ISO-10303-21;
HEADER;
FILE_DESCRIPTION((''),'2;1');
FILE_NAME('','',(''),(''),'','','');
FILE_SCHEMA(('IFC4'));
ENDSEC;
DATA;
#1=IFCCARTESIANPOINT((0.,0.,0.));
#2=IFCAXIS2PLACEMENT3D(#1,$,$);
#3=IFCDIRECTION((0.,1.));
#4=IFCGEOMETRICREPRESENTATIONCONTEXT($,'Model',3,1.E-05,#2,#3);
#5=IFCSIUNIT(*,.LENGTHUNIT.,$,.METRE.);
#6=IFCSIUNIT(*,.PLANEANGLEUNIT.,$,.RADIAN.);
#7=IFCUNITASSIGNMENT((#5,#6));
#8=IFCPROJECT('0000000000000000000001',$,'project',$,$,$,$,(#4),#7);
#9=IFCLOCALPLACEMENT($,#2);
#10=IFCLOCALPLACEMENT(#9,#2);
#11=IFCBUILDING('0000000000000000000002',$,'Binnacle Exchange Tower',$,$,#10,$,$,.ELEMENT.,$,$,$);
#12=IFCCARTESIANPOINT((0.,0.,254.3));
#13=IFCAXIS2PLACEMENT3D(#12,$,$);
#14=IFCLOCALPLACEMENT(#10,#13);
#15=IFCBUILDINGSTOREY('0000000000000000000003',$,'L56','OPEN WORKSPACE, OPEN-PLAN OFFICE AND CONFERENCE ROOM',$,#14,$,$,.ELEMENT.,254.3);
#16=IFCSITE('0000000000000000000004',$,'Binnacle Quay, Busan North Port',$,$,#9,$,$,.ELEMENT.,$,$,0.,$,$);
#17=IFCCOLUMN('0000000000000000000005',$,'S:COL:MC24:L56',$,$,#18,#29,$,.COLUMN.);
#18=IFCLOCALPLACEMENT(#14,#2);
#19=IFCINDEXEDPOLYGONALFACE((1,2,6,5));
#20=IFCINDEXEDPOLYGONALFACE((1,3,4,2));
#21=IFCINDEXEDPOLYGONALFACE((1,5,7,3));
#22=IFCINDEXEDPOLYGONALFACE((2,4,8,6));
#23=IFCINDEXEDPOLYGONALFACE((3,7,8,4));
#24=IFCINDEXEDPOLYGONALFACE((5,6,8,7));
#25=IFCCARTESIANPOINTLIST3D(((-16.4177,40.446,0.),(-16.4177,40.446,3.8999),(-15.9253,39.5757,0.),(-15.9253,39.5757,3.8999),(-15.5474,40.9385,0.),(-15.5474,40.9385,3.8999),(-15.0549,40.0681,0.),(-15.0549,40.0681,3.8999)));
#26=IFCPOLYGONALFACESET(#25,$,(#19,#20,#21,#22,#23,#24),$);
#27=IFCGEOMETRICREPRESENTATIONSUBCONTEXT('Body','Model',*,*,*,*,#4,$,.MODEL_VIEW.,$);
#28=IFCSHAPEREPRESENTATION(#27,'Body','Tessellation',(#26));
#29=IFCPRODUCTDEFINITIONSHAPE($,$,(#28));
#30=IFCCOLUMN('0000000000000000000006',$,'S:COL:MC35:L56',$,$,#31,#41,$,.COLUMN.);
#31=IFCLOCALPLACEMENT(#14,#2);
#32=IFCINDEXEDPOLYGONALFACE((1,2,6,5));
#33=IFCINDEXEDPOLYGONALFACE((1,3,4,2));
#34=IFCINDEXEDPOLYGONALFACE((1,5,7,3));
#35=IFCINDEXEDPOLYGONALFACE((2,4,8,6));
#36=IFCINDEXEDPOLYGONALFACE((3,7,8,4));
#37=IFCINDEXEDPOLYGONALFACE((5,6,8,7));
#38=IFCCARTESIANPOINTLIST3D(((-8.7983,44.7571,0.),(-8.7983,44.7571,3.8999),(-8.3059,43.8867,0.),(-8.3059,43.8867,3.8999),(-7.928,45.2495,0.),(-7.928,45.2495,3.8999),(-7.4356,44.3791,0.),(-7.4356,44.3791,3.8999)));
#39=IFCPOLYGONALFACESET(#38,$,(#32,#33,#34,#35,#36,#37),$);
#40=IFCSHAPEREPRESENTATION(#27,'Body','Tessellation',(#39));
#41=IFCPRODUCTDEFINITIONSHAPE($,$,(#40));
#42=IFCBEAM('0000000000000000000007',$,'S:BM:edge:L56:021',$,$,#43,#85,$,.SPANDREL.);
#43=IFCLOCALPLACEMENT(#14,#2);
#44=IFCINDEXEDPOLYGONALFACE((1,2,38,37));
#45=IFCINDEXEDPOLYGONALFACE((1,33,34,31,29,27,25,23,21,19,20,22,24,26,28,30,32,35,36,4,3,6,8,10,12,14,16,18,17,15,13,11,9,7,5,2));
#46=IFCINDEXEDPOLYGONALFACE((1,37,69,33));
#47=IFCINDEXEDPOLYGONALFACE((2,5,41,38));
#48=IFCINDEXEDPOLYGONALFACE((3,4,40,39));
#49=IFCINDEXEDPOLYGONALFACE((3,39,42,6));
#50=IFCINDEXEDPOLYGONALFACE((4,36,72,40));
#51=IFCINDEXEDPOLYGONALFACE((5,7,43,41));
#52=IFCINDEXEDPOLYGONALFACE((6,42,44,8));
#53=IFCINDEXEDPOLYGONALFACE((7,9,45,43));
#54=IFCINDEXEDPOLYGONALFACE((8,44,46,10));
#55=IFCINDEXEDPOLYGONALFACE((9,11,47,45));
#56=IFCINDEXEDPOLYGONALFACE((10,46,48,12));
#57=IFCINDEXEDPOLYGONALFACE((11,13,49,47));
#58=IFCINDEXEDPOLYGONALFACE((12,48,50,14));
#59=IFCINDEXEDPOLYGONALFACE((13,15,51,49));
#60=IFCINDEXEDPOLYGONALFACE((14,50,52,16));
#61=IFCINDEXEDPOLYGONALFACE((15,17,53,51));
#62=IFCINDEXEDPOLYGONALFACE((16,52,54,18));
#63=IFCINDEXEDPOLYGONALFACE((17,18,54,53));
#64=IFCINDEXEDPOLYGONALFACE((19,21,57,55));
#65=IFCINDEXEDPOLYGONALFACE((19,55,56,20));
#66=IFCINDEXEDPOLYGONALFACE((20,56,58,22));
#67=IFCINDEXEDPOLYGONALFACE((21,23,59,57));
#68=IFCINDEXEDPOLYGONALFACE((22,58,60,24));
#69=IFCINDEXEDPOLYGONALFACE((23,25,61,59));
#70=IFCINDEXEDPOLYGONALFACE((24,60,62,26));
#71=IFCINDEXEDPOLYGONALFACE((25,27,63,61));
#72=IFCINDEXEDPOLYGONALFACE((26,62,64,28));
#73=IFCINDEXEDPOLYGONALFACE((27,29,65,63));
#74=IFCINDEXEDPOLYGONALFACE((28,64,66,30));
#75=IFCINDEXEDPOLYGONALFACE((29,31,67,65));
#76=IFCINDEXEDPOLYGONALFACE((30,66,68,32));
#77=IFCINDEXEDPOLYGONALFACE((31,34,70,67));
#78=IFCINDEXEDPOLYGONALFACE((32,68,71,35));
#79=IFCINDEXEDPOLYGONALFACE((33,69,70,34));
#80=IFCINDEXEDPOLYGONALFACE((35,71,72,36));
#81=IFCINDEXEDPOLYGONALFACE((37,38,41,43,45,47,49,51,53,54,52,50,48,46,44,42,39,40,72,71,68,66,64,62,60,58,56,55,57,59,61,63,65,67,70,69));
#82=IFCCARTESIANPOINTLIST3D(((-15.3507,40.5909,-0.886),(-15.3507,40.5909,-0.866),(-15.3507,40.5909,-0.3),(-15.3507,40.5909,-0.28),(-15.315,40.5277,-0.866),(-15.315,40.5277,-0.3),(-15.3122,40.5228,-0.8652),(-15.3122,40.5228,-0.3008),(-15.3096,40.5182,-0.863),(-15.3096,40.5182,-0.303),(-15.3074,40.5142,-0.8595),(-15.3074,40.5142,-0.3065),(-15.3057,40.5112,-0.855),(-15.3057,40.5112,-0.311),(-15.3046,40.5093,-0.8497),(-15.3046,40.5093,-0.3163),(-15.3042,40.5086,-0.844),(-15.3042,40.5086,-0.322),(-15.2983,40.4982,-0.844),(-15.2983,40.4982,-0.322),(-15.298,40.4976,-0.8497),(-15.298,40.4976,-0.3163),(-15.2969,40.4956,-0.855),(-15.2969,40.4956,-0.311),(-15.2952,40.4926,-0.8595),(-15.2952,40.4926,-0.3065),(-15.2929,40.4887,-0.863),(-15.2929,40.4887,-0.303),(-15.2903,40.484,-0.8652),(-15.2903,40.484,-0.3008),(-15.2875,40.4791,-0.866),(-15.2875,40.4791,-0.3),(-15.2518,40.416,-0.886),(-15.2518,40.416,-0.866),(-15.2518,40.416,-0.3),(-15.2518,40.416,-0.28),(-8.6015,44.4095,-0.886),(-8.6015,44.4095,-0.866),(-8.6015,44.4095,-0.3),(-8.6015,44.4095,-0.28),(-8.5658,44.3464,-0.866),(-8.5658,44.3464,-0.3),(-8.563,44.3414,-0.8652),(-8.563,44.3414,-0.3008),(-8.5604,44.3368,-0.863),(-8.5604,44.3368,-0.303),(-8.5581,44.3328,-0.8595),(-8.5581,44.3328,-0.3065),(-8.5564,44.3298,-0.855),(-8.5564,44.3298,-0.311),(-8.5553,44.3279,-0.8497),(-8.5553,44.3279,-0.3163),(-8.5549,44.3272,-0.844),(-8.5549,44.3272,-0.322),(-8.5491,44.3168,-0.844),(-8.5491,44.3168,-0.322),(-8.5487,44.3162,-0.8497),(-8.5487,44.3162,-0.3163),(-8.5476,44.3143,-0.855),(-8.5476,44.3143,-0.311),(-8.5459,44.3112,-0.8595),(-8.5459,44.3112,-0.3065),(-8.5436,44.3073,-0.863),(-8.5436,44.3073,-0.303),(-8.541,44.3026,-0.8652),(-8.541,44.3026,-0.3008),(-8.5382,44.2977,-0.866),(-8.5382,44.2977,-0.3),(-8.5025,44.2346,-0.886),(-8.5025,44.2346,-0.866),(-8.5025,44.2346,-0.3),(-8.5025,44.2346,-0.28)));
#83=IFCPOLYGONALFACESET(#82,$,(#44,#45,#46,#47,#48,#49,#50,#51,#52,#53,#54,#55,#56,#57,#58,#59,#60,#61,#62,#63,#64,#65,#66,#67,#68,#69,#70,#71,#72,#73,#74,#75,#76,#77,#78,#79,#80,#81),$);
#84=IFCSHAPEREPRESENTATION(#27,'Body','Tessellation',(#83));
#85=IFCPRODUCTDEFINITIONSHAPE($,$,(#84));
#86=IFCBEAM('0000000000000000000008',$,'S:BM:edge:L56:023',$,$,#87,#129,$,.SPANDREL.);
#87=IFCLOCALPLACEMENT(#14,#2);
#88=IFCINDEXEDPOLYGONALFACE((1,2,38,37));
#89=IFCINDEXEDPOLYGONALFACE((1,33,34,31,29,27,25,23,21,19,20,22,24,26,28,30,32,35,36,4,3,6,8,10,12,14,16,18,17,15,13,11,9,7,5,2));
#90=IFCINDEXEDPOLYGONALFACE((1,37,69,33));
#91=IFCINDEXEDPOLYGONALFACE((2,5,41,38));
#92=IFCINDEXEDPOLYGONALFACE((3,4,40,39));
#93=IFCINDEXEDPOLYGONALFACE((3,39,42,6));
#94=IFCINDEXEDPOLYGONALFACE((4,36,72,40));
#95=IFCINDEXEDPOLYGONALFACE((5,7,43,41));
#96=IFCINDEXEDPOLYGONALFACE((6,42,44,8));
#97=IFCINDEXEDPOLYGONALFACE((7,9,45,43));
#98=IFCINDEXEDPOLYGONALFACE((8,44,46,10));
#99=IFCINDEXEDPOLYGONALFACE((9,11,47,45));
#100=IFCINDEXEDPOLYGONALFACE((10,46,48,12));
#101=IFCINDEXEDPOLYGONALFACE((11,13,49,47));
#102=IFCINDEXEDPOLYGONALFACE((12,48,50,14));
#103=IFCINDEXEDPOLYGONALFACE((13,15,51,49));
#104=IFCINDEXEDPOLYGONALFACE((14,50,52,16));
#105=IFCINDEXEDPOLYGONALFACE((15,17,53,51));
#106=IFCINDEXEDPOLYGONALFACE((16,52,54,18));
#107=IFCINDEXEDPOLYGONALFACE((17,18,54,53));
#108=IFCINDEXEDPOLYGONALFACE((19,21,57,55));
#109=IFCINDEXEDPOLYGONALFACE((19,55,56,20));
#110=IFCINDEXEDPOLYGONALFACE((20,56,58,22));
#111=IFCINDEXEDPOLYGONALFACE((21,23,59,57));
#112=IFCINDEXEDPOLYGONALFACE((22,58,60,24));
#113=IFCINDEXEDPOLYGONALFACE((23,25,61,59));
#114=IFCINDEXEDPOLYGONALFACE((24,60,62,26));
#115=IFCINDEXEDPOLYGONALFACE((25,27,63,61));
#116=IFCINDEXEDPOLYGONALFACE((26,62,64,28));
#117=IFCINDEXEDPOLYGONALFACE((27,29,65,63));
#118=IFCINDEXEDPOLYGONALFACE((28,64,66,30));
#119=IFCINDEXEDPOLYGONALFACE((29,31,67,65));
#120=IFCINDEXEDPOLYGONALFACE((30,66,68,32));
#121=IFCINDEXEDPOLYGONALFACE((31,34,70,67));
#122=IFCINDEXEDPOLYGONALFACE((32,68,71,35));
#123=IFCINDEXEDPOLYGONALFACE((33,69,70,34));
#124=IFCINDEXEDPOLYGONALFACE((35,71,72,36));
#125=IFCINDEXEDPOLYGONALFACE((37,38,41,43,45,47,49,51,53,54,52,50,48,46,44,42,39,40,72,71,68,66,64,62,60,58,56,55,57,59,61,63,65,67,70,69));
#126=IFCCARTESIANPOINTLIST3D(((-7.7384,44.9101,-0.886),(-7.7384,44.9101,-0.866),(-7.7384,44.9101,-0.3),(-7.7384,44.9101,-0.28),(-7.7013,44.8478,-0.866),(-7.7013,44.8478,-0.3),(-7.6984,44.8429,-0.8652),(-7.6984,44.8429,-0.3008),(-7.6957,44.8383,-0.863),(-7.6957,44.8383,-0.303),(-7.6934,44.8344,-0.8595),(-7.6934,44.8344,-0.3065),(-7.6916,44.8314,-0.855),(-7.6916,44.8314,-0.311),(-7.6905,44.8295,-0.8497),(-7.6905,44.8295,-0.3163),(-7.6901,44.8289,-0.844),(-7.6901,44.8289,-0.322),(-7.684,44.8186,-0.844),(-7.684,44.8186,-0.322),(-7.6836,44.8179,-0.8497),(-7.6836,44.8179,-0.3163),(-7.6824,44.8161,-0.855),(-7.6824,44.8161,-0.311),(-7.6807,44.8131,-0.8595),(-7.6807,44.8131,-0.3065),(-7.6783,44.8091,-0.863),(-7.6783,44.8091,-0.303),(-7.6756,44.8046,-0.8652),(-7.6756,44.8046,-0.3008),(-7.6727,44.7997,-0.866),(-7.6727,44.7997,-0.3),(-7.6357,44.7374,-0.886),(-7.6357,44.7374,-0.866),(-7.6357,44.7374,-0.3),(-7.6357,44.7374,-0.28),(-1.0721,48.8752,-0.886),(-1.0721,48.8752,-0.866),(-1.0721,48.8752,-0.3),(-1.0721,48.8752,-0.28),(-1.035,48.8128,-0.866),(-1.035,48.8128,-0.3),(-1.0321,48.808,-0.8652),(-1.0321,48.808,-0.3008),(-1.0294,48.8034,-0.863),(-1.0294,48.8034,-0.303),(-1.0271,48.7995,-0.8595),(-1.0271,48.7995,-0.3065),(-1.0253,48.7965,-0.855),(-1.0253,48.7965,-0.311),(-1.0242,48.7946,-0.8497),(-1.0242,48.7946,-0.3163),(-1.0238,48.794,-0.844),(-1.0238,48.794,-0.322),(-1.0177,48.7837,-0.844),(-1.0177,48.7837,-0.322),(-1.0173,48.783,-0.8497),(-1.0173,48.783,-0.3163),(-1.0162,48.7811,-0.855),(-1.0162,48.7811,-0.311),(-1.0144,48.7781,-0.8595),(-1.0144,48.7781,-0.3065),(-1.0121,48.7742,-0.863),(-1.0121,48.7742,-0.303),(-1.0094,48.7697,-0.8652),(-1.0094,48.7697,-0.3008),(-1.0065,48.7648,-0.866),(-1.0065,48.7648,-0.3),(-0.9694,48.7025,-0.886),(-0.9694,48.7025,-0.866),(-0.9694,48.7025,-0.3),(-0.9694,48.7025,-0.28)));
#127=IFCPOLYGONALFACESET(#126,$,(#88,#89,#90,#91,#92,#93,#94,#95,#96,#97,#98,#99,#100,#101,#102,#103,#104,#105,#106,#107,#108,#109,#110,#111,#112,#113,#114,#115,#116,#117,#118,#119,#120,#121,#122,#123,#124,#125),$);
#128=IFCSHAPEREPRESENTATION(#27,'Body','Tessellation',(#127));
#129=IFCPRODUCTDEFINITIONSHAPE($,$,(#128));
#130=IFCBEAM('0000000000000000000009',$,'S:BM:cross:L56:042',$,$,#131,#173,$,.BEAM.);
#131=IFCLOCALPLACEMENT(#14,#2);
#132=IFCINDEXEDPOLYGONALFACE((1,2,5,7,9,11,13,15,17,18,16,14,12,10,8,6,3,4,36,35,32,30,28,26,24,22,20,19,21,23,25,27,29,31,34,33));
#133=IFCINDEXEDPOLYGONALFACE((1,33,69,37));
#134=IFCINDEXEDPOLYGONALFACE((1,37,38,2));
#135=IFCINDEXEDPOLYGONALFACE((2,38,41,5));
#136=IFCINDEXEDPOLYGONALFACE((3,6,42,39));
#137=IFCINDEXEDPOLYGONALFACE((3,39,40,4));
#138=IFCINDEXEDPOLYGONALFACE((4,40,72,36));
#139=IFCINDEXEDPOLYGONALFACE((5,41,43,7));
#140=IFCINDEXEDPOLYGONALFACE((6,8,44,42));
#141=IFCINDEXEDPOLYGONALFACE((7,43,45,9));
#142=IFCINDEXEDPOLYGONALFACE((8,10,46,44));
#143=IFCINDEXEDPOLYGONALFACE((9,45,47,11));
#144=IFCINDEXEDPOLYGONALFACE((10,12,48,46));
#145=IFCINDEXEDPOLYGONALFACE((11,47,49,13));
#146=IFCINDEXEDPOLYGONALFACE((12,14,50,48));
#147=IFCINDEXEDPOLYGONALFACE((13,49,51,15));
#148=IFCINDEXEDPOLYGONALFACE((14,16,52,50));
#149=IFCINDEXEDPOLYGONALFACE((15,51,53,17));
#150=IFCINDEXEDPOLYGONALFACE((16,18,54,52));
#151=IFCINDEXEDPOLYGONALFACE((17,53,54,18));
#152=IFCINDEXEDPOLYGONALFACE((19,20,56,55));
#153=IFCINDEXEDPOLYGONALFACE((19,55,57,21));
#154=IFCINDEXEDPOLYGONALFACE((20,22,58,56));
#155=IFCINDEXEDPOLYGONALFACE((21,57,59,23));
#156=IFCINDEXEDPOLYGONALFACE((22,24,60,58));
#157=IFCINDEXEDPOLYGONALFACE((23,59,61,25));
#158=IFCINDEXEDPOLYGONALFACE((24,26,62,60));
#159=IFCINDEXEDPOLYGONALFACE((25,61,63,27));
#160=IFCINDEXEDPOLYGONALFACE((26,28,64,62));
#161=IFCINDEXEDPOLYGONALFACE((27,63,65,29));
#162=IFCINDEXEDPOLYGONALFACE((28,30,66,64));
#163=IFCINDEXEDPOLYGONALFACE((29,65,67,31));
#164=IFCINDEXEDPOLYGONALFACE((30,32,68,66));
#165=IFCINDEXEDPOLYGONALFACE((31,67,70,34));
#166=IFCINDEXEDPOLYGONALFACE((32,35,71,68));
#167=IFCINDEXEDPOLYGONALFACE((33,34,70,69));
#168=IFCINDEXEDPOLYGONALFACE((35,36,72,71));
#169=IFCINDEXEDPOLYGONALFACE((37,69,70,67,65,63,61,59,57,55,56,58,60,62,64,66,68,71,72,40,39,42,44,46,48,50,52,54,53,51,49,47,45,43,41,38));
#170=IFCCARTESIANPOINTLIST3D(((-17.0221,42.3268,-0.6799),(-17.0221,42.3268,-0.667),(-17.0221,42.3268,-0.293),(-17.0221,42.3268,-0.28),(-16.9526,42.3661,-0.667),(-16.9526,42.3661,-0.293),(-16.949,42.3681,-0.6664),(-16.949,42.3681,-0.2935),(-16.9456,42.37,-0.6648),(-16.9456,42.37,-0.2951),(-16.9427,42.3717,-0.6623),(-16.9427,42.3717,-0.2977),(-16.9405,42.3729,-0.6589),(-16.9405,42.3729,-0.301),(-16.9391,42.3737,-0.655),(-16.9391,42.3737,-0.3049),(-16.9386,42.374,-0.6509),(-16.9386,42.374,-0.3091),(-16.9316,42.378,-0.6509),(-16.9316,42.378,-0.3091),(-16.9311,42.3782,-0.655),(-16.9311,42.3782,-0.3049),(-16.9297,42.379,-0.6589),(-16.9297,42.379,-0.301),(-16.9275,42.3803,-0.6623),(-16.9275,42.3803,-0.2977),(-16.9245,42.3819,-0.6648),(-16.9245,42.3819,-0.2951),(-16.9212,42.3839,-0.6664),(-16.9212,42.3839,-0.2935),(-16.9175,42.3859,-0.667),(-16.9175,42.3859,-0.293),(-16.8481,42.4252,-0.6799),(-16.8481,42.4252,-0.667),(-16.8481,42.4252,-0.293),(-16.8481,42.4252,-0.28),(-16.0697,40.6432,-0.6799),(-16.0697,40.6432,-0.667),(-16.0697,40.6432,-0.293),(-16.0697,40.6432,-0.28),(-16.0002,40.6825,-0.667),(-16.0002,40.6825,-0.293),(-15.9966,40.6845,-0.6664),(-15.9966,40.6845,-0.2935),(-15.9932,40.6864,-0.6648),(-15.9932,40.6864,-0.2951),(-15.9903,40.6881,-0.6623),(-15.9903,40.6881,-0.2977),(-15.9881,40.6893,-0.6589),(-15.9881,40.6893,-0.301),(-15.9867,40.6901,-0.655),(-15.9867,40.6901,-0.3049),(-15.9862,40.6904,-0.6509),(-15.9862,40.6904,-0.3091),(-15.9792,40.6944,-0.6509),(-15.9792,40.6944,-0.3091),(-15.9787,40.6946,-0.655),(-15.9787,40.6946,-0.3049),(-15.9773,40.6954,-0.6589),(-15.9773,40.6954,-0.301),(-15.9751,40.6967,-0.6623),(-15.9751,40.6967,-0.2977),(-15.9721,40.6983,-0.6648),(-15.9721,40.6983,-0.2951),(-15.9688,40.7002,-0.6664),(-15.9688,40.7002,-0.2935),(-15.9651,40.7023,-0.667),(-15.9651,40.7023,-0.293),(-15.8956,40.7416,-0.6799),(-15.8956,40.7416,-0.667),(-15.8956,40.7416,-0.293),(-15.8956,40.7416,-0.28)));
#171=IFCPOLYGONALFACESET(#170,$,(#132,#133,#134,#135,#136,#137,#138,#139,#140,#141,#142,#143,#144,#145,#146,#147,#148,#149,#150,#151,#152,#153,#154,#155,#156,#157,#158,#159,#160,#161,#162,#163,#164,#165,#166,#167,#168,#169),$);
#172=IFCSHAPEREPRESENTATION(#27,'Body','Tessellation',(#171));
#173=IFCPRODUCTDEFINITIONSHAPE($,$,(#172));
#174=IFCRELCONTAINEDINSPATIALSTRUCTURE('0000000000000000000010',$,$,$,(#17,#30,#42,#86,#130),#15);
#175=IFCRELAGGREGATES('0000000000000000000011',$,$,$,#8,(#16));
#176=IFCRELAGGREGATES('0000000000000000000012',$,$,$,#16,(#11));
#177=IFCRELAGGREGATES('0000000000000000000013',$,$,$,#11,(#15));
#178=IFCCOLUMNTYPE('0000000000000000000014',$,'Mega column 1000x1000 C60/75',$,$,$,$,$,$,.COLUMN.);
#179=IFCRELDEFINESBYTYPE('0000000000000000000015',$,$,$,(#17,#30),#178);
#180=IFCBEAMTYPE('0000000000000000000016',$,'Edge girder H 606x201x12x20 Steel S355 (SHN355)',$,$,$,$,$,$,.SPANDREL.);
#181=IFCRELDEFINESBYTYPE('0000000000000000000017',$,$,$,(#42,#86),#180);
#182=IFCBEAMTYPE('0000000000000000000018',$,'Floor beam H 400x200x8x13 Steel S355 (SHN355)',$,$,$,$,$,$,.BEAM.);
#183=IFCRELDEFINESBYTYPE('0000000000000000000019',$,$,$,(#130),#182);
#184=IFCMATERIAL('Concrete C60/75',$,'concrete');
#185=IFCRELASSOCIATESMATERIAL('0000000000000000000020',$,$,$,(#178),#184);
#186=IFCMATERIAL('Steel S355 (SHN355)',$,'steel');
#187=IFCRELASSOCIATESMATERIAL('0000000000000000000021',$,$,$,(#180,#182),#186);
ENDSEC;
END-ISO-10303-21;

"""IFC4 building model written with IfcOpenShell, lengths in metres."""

from ifc_helpers import new_model, si_unit, direction, frame, origin, origin_2d, place, context, subcontext, project, spatial, rectangle, i_section, extrude, material, material_profile, profile_set, type_object, element, save


model = new_model("IFC4")

# Units and contexts
model_context = context("Model", 3, precision=1e-05, world=origin(), true_north=direction((0.0, 1.0)))
body_context = subcontext(model_context, "Body", "Model", "MODEL_VIEW")
ifc_project = project(units=[si_unit("LENGTHUNIT", "METRE"), si_unit("PLANEANGLEUNIT", "RADIAN")], contexts=[model_context])

# Site, building, storey
site_placement = place(None, origin())
site = spatial("IfcSite", under=ifc_project, at=site_placement, Name="Binnacle Quay, Busan North Port", CompositionType="ELEMENT", RefElevation=0.0)
building_placement = place(site_placement, origin())
building = spatial("IfcBuilding", under=site, at=building_placement, Name="Binnacle Exchange Tower", CompositionType="ELEMENT")
storey_placement = place(building_placement, frame((0.0, 0.0, 254.3)))
storey = spatial("IfcBuildingStorey", under=building, at=storey_placement, Name="L56", Description="OPEN WORKSPACE, OPEN-PLAN OFFICE AND CONFERENCE ROOM", CompositionType="ELEMENT", Elevation=254.3)

# Columns
ifc_material_1 = material(Name="Concrete C60/75", Category="concrete")
ifc_material_profile_1 = material_profile(ifc_material_1, rectangle(XDim=1.0, YDim=1.0, at=origin_2d()), Name="Mega column 1000x1000 C60/75")
ifc_profile_set_1 = profile_set([ifc_material_profile_1], Name="Concrete C60/75")
column_type = type_object("IfcColumnType", Name="Mega column 1000x1000 C60/75", PredefinedType="COLUMN", material=ifc_profile_set_1)
for number, where, z_axis, x_axis, name in (
    (1, (-15.7363, 40.2571, 0.0), (0.0, 0.0, 1.0), (0.870356, 0.492424, 0.0), "S:COL:MC24:L56"),
    (2, (-8.1169, 44.5681, 0.0), (0.0, 0.0, 1.0), (0.870356, 0.492424, 0.0), "S:COL:MC35:L56"),
):
    element("IfcColumn", number, at=place(storey_placement, frame(where, z_axis=z_axis, x_axis=x_axis)), inside=storey, type_object=column_type, Name=name, PredefinedType="COLUMN", context=body_context, shape_type="SweptSolid", body=[
        extrude(rectangle(XDim=1.0, YDim=1.0, at=origin_2d()), origin(), (0.0, 0.0, 1.0), 3.8999),
    ])

# Beams
ifc_material_2 = material(Name="Steel S355 (SHN355)", Category="steel")
ifc_material_profile_2 = material_profile(ifc_material_2, i_section(OverallWidth=0.2009, OverallDepth=0.606, WebThickness=0.012, FlangeThickness=0.02, FilletRadius=0.022, at=origin_2d()), Name="H 606x201x12x20")
ifc_profile_set_2 = profile_set([ifc_material_profile_2], Name="Steel S355 (SHN355)")
beam_type_1 = type_object("IfcBeamType", Name="Edge girder H 606x201x12x20 Steel S355 (SHN355)", PredefinedType="SPANDREL", material=ifc_profile_set_2)
beam_1_placement = place(storey_placement, frame((-15.3013, 40.5034, -0.583), z_axis=(0.870353, 0.492429, 0.0), x_axis=(-0.492429, 0.870353, 0.0)))
element("IfcBeam", 3, at=beam_1_placement, inside=storey, type_object=beam_type_1, Name="S:BM:edge:L56:021", PredefinedType="SPANDREL", context=body_context, shape_type="SweptSolid", body=[
    extrude(i_section(OverallWidth=0.2009, OverallDepth=0.606, WebThickness=0.012, FlangeThickness=0.02, FilletRadius=0.022, at=origin_2d()), origin(), (0.0, 0.0, 1.0), 7.7546),
])
beam_2_placement = place(storey_placement, frame((-7.687, 44.8237, -0.583), z_axis=(0.859459, 0.511205, 0.0), x_axis=(-0.511205, 0.859459, 0.0)))
element("IfcBeam", 4, at=beam_2_placement, inside=storey, type_object=beam_type_1, Name="S:BM:edge:L56:023", PredefinedType="SPANDREL", context=body_context, shape_type="SweptSolid", body=[
    extrude(i_section(OverallWidth=0.2009, OverallDepth=0.606, WebThickness=0.012, FlangeThickness=0.02, FilletRadius=0.022, at=origin_2d()), origin(), (0.0, 0.0, 1.0), 7.7563),
])
ifc_material_profile_3 = material_profile(ifc_material_2, i_section(OverallWidth=0.2, OverallDepth=0.3999, WebThickness=0.0081, FlangeThickness=0.0129, FilletRadius=0.0161, at=origin_2d()), Name="H 400x200x8x13")
ifc_profile_set_3 = profile_set([ifc_material_profile_3], Name="Steel S355 (SHN355)")
beam_type_2 = type_object("IfcBeamType", Name="Floor beam H 400x200x8x13 Steel S355 (SHN355)", PredefinedType="BEAM", material=ifc_profile_set_3)
for number, where, z_axis, x_axis, name in (
    (5, (-15.9827, 40.6924, -0.48), (-0.492369, 0.870386, 0.0), (-0.870386, -0.492369, 0.0), "S:BM:cross:L56:042"),
):
    element("IfcBeam", number, at=place(storey_placement, frame(where, z_axis=z_axis, x_axis=x_axis)), inside=storey, type_object=beam_type_2, Name=name, PredefinedType="BEAM", context=body_context, shape_type="SweptSolid", body=[
        extrude(i_section(OverallWidth=0.2, OverallDepth=0.3999, WebThickness=0.0081, FlangeThickness=0.0129, FilletRadius=0.0161, at=origin_2d()), origin(), (0.0, 0.0, 1.0), 1.9343),
    ])

save(model, "model.ifc")
